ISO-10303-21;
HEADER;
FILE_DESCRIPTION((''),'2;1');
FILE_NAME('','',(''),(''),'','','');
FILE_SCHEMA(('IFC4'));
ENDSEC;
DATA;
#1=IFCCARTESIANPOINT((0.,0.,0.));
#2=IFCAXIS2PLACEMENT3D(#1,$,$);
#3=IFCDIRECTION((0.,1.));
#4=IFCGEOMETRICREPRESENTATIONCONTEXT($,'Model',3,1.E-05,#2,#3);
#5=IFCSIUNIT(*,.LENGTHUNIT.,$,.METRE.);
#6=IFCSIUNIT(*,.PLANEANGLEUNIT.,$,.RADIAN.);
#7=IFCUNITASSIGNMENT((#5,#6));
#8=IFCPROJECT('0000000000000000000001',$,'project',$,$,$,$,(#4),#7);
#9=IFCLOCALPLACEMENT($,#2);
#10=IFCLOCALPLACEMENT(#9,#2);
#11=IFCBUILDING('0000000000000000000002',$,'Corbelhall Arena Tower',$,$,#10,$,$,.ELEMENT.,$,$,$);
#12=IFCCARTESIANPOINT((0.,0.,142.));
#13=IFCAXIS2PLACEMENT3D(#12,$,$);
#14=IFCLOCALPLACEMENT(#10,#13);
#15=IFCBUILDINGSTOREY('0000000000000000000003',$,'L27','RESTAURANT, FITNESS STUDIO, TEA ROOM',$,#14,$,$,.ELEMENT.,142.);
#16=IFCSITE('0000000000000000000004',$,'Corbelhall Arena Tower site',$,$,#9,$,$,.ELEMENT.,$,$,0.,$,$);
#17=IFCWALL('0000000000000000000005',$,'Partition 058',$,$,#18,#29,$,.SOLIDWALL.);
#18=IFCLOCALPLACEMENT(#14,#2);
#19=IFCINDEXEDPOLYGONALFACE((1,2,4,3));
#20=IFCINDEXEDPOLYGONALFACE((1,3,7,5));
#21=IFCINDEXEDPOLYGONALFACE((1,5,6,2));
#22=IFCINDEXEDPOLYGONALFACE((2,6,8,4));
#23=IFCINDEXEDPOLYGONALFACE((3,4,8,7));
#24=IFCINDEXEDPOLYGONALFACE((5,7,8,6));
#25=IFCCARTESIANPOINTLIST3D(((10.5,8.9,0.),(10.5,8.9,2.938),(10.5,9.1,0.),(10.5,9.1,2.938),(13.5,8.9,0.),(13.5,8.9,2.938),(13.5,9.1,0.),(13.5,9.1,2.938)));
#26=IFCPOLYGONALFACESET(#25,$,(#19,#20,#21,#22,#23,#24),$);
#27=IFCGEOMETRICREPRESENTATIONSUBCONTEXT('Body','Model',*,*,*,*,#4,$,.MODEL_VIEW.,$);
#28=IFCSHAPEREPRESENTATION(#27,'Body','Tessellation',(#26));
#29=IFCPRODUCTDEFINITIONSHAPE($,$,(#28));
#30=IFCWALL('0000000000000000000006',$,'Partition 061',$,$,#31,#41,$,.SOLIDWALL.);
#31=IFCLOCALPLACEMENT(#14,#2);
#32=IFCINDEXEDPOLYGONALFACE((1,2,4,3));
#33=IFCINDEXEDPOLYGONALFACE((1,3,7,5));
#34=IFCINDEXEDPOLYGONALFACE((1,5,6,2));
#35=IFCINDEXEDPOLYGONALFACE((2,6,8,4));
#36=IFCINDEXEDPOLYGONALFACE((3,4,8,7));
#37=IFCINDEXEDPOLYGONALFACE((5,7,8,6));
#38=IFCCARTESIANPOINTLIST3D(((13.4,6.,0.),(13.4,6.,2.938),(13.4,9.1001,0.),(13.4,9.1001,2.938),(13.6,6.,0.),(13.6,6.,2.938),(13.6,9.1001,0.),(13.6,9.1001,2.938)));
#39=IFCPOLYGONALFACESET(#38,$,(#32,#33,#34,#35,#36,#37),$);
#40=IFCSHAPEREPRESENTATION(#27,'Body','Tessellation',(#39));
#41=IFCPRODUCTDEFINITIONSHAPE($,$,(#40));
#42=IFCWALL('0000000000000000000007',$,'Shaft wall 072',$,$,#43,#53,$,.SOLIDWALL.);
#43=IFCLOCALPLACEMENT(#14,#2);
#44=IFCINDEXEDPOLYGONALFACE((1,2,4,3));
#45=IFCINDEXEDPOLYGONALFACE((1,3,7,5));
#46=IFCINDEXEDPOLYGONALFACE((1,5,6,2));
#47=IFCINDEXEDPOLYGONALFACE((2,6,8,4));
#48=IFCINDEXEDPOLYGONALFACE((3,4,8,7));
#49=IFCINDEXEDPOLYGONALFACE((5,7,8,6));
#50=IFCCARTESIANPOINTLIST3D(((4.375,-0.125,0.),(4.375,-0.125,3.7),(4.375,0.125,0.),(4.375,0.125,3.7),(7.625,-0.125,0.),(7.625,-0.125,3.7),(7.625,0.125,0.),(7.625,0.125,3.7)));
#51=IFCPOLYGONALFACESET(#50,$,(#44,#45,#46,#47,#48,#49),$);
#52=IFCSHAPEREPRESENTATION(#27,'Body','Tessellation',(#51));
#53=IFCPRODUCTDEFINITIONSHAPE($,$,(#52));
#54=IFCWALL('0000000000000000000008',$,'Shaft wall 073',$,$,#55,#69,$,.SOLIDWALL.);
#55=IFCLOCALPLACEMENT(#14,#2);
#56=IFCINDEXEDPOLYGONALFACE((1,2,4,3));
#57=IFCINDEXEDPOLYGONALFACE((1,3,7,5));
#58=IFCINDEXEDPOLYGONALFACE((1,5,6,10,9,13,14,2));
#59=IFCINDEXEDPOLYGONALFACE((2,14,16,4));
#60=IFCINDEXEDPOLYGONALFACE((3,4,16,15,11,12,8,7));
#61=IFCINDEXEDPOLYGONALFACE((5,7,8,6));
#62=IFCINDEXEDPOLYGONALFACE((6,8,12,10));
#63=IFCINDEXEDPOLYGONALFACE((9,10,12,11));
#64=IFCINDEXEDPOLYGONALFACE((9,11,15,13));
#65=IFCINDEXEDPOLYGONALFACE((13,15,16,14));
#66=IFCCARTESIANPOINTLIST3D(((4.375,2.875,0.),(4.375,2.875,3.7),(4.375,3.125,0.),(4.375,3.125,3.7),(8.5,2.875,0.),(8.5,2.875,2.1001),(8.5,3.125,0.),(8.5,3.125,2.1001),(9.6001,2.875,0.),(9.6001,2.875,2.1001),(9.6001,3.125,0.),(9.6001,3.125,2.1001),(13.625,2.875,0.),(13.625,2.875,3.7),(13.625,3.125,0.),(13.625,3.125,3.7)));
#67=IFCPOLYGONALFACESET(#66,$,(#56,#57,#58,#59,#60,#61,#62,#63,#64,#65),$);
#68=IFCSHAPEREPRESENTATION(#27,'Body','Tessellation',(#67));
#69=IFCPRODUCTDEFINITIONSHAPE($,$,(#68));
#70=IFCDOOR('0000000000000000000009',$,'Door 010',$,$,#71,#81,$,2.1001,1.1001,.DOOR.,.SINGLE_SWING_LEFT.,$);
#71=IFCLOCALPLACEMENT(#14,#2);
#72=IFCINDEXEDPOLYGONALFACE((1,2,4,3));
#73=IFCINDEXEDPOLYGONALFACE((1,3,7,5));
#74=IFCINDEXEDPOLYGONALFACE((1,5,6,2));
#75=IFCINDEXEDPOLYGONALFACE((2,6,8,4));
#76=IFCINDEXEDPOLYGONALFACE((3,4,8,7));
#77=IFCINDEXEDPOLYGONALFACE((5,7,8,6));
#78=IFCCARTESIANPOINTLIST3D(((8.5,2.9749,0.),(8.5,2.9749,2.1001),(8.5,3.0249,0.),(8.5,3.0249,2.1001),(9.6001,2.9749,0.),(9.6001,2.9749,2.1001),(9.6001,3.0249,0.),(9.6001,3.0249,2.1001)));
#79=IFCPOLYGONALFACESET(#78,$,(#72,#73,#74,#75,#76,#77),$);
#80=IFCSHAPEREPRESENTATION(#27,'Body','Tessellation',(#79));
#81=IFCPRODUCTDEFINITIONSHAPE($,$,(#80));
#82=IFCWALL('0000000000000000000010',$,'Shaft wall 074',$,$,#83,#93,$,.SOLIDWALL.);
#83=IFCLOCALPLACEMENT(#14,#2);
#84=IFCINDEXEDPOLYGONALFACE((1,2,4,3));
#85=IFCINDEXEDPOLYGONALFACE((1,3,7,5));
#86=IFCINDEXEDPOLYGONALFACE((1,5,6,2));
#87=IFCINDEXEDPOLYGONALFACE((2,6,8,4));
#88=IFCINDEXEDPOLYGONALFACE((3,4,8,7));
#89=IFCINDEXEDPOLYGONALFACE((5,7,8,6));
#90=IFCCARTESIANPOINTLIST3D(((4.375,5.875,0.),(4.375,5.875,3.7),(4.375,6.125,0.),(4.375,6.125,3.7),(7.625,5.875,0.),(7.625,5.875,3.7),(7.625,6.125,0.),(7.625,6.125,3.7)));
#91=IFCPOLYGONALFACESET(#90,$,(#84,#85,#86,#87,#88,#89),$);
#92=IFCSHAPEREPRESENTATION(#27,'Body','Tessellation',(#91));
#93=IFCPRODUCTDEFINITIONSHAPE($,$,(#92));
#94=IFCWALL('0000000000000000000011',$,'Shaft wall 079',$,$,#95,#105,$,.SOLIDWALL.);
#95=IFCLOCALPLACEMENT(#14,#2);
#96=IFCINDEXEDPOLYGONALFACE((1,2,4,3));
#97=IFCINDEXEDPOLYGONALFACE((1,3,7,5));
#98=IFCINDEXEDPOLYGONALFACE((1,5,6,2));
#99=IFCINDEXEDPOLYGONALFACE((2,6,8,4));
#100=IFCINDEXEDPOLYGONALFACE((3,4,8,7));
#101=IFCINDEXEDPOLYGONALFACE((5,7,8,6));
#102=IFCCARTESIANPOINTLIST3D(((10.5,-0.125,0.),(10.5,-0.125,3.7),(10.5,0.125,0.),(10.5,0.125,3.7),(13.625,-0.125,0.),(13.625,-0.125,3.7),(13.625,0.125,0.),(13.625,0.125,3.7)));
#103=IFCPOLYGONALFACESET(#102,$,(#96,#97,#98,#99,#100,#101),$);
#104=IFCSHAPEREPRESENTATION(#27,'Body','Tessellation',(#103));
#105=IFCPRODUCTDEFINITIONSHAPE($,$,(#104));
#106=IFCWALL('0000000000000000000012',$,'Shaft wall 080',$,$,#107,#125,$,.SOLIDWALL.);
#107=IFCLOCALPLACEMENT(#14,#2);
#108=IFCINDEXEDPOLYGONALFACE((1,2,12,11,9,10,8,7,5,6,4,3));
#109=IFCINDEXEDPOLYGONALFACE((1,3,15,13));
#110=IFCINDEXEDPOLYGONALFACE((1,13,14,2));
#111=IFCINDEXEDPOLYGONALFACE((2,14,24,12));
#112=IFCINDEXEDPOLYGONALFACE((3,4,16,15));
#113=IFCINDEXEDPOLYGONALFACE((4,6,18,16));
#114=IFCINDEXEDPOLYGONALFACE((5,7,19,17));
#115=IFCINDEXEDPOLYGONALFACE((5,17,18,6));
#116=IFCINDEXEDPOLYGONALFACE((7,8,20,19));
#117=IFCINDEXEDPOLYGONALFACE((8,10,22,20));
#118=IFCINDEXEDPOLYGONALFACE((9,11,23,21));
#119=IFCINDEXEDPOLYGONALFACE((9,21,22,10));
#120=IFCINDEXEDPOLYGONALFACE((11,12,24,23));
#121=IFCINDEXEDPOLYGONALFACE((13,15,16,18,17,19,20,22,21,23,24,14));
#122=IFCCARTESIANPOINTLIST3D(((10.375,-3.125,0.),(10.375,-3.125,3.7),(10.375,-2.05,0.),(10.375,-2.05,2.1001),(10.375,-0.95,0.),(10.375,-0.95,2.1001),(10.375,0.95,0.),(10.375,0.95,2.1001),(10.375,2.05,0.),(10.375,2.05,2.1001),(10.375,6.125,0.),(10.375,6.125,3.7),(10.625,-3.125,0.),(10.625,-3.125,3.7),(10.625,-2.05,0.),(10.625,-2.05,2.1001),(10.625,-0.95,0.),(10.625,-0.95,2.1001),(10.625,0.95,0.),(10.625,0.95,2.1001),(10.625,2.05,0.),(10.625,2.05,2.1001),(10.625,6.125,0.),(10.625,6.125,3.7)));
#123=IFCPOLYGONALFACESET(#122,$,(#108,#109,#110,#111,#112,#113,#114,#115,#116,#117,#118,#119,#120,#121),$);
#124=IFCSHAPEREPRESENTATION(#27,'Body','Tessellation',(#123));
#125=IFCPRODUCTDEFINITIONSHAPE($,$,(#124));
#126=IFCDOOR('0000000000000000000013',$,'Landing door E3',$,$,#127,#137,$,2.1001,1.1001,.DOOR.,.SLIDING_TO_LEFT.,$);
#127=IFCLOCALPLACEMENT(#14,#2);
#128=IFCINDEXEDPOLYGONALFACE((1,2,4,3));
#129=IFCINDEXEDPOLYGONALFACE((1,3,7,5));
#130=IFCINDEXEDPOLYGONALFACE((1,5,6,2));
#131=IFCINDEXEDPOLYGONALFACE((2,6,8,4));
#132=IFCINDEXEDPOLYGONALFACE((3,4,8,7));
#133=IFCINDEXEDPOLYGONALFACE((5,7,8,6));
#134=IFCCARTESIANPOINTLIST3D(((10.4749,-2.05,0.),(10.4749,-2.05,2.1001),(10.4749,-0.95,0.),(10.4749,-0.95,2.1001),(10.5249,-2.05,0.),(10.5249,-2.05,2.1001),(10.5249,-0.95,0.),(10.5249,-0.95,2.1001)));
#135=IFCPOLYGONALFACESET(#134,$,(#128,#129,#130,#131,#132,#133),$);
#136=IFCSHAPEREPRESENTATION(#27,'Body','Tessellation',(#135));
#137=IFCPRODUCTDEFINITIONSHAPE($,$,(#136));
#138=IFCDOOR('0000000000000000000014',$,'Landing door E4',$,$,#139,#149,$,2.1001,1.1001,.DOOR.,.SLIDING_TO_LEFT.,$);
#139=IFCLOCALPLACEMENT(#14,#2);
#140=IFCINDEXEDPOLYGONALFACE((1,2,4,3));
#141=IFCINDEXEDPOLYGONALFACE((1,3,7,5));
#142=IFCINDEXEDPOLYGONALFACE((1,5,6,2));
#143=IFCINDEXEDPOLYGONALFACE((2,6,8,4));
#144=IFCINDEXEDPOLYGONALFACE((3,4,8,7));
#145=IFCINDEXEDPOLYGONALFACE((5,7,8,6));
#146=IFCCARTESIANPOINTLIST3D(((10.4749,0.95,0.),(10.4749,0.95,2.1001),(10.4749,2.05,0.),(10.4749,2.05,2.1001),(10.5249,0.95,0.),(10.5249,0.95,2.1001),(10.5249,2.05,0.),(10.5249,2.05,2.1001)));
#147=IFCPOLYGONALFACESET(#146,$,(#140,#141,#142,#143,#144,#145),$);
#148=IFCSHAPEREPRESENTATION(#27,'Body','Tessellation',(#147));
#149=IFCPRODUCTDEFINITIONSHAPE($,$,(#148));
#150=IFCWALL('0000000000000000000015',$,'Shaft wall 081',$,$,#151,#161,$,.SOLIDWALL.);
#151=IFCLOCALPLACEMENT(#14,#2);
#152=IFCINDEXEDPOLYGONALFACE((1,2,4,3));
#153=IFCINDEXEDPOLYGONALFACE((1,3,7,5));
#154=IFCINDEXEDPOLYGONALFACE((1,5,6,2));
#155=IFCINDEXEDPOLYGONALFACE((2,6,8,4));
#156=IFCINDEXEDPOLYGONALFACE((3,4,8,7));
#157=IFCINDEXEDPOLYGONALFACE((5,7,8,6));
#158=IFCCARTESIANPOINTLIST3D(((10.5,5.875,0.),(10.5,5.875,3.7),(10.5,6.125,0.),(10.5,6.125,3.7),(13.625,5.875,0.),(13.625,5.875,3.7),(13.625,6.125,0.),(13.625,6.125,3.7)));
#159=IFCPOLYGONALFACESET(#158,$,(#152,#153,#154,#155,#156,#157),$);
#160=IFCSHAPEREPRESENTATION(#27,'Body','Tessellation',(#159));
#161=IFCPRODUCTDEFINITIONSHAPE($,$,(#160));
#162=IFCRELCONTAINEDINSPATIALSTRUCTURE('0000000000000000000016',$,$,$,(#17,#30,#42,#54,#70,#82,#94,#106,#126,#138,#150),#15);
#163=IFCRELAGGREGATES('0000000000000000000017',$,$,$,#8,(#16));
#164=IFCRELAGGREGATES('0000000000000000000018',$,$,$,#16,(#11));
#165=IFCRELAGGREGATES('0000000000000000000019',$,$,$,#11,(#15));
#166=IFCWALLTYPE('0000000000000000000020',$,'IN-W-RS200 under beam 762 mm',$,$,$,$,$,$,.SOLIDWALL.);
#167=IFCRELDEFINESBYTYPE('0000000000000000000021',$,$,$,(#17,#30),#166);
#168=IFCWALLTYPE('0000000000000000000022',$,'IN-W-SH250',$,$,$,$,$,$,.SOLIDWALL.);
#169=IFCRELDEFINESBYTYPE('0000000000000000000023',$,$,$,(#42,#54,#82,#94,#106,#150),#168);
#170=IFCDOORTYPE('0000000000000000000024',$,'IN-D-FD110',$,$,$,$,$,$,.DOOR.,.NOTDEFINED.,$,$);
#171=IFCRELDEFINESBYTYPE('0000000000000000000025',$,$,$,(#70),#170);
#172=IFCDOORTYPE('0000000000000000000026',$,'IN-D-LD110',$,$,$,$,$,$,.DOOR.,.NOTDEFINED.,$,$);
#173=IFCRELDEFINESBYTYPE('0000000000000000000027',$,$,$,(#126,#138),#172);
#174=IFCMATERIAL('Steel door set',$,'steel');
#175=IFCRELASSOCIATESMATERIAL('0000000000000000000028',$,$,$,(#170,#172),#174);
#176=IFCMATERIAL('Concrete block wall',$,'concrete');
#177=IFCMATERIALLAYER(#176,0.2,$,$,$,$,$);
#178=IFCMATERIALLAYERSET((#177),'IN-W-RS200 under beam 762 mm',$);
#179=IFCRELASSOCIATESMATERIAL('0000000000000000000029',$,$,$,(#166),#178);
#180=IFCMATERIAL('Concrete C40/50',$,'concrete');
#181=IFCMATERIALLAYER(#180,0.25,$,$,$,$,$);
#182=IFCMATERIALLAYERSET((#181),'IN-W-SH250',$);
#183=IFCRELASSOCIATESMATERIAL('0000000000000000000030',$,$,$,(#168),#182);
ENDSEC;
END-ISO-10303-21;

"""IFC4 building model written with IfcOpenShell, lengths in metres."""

from ifc_helpers import new_model, si_unit, direction, frame, frame_2d, origin, place, context, subcontext, project, spatial, rectangle, extrude, material, layer, layer_set, type_object, element, fill, save


model = new_model("IFC4")

# Units and contexts
model_context = context("Model", 3, precision=1e-05, world=origin(), true_north=direction((0.0, 1.0)))
body_context = subcontext(model_context, "Body", "Model", "MODEL_VIEW")
ifc_project = project(units=[si_unit("LENGTHUNIT", "METRE"), si_unit("PLANEANGLEUNIT", "RADIAN")], contexts=[model_context])

# Site, building, storey
site_placement = place(None, origin())
site = spatial("IfcSite", under=ifc_project, at=site_placement, Name="Corbelhall Arena Tower site", CompositionType="ELEMENT", RefElevation=0.0)
building_placement = place(site_placement, origin())
building = spatial("IfcBuilding", under=site, at=building_placement, Name="Corbelhall Arena Tower", CompositionType="ELEMENT")
storey_placement = place(building_placement, frame((0.0, 0.0, 142.0)))
storey = spatial("IfcBuildingStorey", under=building, at=storey_placement, Name="L27", Description="RESTAURANT, FITNESS STUDIO, TEA ROOM", CompositionType="ELEMENT", Elevation=142.0)

# Shared definitions
ifc_material_1 = material(Name="Concrete C40/50", Category="concrete")

# Shared definitions
ifc_material_2 = material(Name="Concrete block wall", Category="concrete")
ifc_material_3 = material(Name="Steel door set", Category="steel")
door_type_1 = type_object("IfcDoorType", Name="IN-D-FD110", OperationType="NOTDEFINED", PredefinedType="DOOR", material=ifc_material_3)

# Walls
ifc_layer_1 = layer(ifc_material_2, 0.2)
ifc_layer_set_1 = layer_set([ifc_layer_1], Name="IN-W-RS200 under beam 762 mm")
wall_type_1 = type_object("IfcWallType", Name="IN-W-RS200 under beam 762 mm", PredefinedType="SOLIDWALL", material=ifc_layer_set_1)
wall_1_placement = place(storey_placement, frame((10.5, 9.0, 0.0), z_axis=(0.0, 0.0, 1.0), x_axis=(1.0, 0.0, 0.0)))
element("IfcWall", 1, at=wall_1_placement, inside=storey, type_object=wall_type_1, Name="Partition 058", PredefinedType="SOLIDWALL", context=body_context, shape_type="SweptSolid", body=[
    extrude(rectangle(XDim=3.0, YDim=0.2, at=frame_2d((1.5, 0.0))), origin(), (0.0, 0.0, 1.0), 2.938),
])
wall_2_placement = place(storey_placement, frame((13.5, 9.1001, 0.0), z_axis=(0.0, 0.0, 1.0), x_axis=(0.0, -1.0, 0.0)))
element("IfcWall", 2, at=wall_2_placement, inside=storey, type_object=wall_type_1, Name="Partition 061", PredefinedType="SOLIDWALL", context=body_context, shape_type="SweptSolid", body=[
    extrude(rectangle(XDim=3.1001, YDim=0.2, at=frame_2d((1.55, 0.0))), origin(), (0.0, 0.0, 1.0), 2.938),
])
ifc_layer_2 = layer(ifc_material_1, 0.25)
ifc_layer_set_2 = layer_set([ifc_layer_2], Name="IN-W-SH250")
wall_type_2 = type_object("IfcWallType", Name="IN-W-SH250", PredefinedType="SOLIDWALL", material=ifc_layer_set_2)
wall_3_placement = place(storey_placement, frame((4.375, 0.0, 0.0), z_axis=(0.0, 0.0, 1.0), x_axis=(1.0, 0.0, 0.0)))
element("IfcWall", 3, at=wall_3_placement, inside=storey, type_object=wall_type_2, Name="Shaft wall 072", PredefinedType="SOLIDWALL", context=body_context, shape_type="SweptSolid", body=[
    extrude(rectangle(XDim=3.25, YDim=0.25, at=frame_2d((1.625, 0.0))), origin(), (0.0, 0.0, 1.0), 3.7),
])

# Wall, opening, door
wall_4_placement = place(storey_placement, frame((4.375, 3.0, 0.0), z_axis=(0.0, 0.0, 1.0), x_axis=(1.0, 0.0, 0.0)))
wall_4 = element("IfcWall", 4, at=wall_4_placement, inside=storey, type_object=wall_type_2, Name="Shaft wall 073", PredefinedType="SOLIDWALL", context=body_context, shape_type="SweptSolid", body=[
    extrude(rectangle(XDim=9.25, YDim=0.25, at=frame_2d((4.625, 0.0))), origin(), (0.0, 0.0, 1.0), 3.7),
])
opening_1_placement = place(wall_4_placement, frame((4.125, 0.0, 0.0)))
opening_1 = element("IfcOpeningElement", 5, at=opening_1_placement, cuts=wall_4, PredefinedType="OPENING", context=body_context, shape_type="SweptSolid", body=[
    extrude(rectangle(XDim=1.1001, YDim=2.1001, at=frame_2d((0.55, 1.05))), frame((0.0, 0.125, 0.0), z_axis=(0.0, -1.0, 0.0), x_axis=(1.0, 0.0, 0.0)), (0.0, 0.0, 1.0), 0.25),
])
door_1_placement = place(opening_1_placement, origin())
door_1 = element("IfcDoor", 6, at=door_1_placement, inside=storey, type_object=door_type_1, Name="Door 010", OperationType="SINGLE_SWING_LEFT", OverallHeight=2.1001, OverallWidth=1.1001, PredefinedType="DOOR", context=body_context, shape_type="SweptSolid", body=[
    extrude(rectangle(XDim=1.1001, YDim=2.1001, at=frame_2d((0.55, 1.05))), frame((0.0, 0.0249, 0.0), z_axis=(0.0, -1.0, 0.0), x_axis=(1.0, 0.0, 0.0)), (0.0, 0.0, 1.0), 0.05),
])
fill(opening_1, door_1)

# Walls
wall_5_placement = place(storey_placement, frame((4.375, 6.0, 0.0), z_axis=(0.0, 0.0, 1.0), x_axis=(1.0, 0.0, 0.0)))
element("IfcWall", 7, at=wall_5_placement, inside=storey, type_object=wall_type_2, Name="Shaft wall 074", PredefinedType="SOLIDWALL", context=body_context, shape_type="SweptSolid", body=[
    extrude(rectangle(XDim=3.25, YDim=0.25, at=frame_2d((1.625, 0.0))), origin(), (0.0, 0.0, 1.0), 3.7),
])
wall_6_placement = place(storey_placement, frame((10.5, 0.0, 0.0), z_axis=(0.0, 0.0, 1.0), x_axis=(1.0, 0.0, 0.0)))
element("IfcWall", 8, at=wall_6_placement, inside=storey, type_object=wall_type_2, Name="Shaft wall 079", PredefinedType="SOLIDWALL", context=body_context, shape_type="SweptSolid", body=[
    extrude(rectangle(XDim=3.125, YDim=0.25, at=frame_2d((1.5625, 0.0))), origin(), (0.0, 0.0, 1.0), 3.7),
])

# Wall, openings, doors
wall_7_placement = place(storey_placement, frame((10.5, 6.125, 0.0), z_axis=(0.0, 0.0, 1.0), x_axis=(0.0, -1.0, 0.0)))
wall_7 = element("IfcWall", 9, at=wall_7_placement, inside=storey, type_object=wall_type_2, Name="Shaft wall 080", PredefinedType="SOLIDWALL", context=body_context, shape_type="SweptSolid", body=[
    extrude(rectangle(XDim=9.25, YDim=0.25, at=frame_2d((4.625, 0.0))), origin(), (0.0, 0.0, 1.0), 3.7),
])
opening_2_placement = place(wall_7_placement, frame((7.075, 0.0, 0.0)))
opening_2 = element("IfcOpeningElement", 10, at=opening_2_placement, cuts=wall_7, PredefinedType="OPENING", context=body_context, shape_type="SweptSolid", body=[
    extrude(rectangle(XDim=1.1001, YDim=2.1001, at=frame_2d((0.55, 1.05))), frame((0.0, 0.125, 0.0), z_axis=(0.0, -1.0, 0.0), x_axis=(1.0, 0.0, 0.0)), (0.0, 0.0, 1.0), 0.25),
])
opening_3_placement = place(wall_7_placement, frame((4.075, 0.0, 0.0)))
opening_3 = element("IfcOpeningElement", 11, at=opening_3_placement, cuts=wall_7, PredefinedType="OPENING", context=body_context, shape_type="SweptSolid", body=[
    extrude(rectangle(XDim=1.1001, YDim=2.1001, at=frame_2d((0.55, 1.05))), frame((0.0, 0.125, 0.0), z_axis=(0.0, -1.0, 0.0), x_axis=(1.0, 0.0, 0.0)), (0.0, 0.0, 1.0), 0.25),
])
door_type_2 = type_object("IfcDoorType", Name="IN-D-LD110", OperationType="NOTDEFINED", PredefinedType="DOOR", material=ifc_material_3)
door_2_placement = place(opening_2_placement, origin())
door_2 = element("IfcDoor", 12, at=door_2_placement, inside=storey, type_object=door_type_2, Name="Landing door E3", OperationType="SLIDING_TO_LEFT", OverallHeight=2.1001, OverallWidth=1.1001, PredefinedType="DOOR", context=body_context, shape_type="SweptSolid", body=[
    extrude(rectangle(XDim=1.1001, YDim=2.1001, at=frame_2d((0.55, 1.05))), frame((0.0, 0.0249, 0.0), z_axis=(0.0, -1.0, 0.0), x_axis=(1.0, 0.0, 0.0)), (0.0, 0.0, 1.0), 0.05),
])
fill(opening_2, door_2)
door_3_placement = place(opening_3_placement, origin())
door_3 = element("IfcDoor", 13, at=door_3_placement, inside=storey, type_object=door_type_2, Name="Landing door E4", OperationType="SLIDING_TO_LEFT", OverallHeight=2.1001, OverallWidth=1.1001, PredefinedType="DOOR", context=body_context, shape_type="SweptSolid", body=[
    extrude(rectangle(XDim=1.1001, YDim=2.1001, at=frame_2d((0.55, 1.05))), frame((0.0, 0.0249, 0.0), z_axis=(0.0, -1.0, 0.0), x_axis=(1.0, 0.0, 0.0)), (0.0, 0.0, 1.0), 0.05),
])
fill(opening_3, door_3)

# Wall
wall_8_placement = place(storey_placement, frame((10.5, 6.0, 0.0), z_axis=(0.0, 0.0, 1.0), x_axis=(1.0, 0.0, 0.0)))
element("IfcWall", 14, at=wall_8_placement, inside=storey, type_object=wall_type_2, Name="Shaft wall 081", PredefinedType="SOLIDWALL", context=body_context, shape_type="SweptSolid", body=[
    extrude(rectangle(XDim=3.125, YDim=0.25, at=frame_2d((1.5625, 0.0))), origin(), (0.0, 0.0, 1.0), 3.7),
])

save(model, "model.ifc")
